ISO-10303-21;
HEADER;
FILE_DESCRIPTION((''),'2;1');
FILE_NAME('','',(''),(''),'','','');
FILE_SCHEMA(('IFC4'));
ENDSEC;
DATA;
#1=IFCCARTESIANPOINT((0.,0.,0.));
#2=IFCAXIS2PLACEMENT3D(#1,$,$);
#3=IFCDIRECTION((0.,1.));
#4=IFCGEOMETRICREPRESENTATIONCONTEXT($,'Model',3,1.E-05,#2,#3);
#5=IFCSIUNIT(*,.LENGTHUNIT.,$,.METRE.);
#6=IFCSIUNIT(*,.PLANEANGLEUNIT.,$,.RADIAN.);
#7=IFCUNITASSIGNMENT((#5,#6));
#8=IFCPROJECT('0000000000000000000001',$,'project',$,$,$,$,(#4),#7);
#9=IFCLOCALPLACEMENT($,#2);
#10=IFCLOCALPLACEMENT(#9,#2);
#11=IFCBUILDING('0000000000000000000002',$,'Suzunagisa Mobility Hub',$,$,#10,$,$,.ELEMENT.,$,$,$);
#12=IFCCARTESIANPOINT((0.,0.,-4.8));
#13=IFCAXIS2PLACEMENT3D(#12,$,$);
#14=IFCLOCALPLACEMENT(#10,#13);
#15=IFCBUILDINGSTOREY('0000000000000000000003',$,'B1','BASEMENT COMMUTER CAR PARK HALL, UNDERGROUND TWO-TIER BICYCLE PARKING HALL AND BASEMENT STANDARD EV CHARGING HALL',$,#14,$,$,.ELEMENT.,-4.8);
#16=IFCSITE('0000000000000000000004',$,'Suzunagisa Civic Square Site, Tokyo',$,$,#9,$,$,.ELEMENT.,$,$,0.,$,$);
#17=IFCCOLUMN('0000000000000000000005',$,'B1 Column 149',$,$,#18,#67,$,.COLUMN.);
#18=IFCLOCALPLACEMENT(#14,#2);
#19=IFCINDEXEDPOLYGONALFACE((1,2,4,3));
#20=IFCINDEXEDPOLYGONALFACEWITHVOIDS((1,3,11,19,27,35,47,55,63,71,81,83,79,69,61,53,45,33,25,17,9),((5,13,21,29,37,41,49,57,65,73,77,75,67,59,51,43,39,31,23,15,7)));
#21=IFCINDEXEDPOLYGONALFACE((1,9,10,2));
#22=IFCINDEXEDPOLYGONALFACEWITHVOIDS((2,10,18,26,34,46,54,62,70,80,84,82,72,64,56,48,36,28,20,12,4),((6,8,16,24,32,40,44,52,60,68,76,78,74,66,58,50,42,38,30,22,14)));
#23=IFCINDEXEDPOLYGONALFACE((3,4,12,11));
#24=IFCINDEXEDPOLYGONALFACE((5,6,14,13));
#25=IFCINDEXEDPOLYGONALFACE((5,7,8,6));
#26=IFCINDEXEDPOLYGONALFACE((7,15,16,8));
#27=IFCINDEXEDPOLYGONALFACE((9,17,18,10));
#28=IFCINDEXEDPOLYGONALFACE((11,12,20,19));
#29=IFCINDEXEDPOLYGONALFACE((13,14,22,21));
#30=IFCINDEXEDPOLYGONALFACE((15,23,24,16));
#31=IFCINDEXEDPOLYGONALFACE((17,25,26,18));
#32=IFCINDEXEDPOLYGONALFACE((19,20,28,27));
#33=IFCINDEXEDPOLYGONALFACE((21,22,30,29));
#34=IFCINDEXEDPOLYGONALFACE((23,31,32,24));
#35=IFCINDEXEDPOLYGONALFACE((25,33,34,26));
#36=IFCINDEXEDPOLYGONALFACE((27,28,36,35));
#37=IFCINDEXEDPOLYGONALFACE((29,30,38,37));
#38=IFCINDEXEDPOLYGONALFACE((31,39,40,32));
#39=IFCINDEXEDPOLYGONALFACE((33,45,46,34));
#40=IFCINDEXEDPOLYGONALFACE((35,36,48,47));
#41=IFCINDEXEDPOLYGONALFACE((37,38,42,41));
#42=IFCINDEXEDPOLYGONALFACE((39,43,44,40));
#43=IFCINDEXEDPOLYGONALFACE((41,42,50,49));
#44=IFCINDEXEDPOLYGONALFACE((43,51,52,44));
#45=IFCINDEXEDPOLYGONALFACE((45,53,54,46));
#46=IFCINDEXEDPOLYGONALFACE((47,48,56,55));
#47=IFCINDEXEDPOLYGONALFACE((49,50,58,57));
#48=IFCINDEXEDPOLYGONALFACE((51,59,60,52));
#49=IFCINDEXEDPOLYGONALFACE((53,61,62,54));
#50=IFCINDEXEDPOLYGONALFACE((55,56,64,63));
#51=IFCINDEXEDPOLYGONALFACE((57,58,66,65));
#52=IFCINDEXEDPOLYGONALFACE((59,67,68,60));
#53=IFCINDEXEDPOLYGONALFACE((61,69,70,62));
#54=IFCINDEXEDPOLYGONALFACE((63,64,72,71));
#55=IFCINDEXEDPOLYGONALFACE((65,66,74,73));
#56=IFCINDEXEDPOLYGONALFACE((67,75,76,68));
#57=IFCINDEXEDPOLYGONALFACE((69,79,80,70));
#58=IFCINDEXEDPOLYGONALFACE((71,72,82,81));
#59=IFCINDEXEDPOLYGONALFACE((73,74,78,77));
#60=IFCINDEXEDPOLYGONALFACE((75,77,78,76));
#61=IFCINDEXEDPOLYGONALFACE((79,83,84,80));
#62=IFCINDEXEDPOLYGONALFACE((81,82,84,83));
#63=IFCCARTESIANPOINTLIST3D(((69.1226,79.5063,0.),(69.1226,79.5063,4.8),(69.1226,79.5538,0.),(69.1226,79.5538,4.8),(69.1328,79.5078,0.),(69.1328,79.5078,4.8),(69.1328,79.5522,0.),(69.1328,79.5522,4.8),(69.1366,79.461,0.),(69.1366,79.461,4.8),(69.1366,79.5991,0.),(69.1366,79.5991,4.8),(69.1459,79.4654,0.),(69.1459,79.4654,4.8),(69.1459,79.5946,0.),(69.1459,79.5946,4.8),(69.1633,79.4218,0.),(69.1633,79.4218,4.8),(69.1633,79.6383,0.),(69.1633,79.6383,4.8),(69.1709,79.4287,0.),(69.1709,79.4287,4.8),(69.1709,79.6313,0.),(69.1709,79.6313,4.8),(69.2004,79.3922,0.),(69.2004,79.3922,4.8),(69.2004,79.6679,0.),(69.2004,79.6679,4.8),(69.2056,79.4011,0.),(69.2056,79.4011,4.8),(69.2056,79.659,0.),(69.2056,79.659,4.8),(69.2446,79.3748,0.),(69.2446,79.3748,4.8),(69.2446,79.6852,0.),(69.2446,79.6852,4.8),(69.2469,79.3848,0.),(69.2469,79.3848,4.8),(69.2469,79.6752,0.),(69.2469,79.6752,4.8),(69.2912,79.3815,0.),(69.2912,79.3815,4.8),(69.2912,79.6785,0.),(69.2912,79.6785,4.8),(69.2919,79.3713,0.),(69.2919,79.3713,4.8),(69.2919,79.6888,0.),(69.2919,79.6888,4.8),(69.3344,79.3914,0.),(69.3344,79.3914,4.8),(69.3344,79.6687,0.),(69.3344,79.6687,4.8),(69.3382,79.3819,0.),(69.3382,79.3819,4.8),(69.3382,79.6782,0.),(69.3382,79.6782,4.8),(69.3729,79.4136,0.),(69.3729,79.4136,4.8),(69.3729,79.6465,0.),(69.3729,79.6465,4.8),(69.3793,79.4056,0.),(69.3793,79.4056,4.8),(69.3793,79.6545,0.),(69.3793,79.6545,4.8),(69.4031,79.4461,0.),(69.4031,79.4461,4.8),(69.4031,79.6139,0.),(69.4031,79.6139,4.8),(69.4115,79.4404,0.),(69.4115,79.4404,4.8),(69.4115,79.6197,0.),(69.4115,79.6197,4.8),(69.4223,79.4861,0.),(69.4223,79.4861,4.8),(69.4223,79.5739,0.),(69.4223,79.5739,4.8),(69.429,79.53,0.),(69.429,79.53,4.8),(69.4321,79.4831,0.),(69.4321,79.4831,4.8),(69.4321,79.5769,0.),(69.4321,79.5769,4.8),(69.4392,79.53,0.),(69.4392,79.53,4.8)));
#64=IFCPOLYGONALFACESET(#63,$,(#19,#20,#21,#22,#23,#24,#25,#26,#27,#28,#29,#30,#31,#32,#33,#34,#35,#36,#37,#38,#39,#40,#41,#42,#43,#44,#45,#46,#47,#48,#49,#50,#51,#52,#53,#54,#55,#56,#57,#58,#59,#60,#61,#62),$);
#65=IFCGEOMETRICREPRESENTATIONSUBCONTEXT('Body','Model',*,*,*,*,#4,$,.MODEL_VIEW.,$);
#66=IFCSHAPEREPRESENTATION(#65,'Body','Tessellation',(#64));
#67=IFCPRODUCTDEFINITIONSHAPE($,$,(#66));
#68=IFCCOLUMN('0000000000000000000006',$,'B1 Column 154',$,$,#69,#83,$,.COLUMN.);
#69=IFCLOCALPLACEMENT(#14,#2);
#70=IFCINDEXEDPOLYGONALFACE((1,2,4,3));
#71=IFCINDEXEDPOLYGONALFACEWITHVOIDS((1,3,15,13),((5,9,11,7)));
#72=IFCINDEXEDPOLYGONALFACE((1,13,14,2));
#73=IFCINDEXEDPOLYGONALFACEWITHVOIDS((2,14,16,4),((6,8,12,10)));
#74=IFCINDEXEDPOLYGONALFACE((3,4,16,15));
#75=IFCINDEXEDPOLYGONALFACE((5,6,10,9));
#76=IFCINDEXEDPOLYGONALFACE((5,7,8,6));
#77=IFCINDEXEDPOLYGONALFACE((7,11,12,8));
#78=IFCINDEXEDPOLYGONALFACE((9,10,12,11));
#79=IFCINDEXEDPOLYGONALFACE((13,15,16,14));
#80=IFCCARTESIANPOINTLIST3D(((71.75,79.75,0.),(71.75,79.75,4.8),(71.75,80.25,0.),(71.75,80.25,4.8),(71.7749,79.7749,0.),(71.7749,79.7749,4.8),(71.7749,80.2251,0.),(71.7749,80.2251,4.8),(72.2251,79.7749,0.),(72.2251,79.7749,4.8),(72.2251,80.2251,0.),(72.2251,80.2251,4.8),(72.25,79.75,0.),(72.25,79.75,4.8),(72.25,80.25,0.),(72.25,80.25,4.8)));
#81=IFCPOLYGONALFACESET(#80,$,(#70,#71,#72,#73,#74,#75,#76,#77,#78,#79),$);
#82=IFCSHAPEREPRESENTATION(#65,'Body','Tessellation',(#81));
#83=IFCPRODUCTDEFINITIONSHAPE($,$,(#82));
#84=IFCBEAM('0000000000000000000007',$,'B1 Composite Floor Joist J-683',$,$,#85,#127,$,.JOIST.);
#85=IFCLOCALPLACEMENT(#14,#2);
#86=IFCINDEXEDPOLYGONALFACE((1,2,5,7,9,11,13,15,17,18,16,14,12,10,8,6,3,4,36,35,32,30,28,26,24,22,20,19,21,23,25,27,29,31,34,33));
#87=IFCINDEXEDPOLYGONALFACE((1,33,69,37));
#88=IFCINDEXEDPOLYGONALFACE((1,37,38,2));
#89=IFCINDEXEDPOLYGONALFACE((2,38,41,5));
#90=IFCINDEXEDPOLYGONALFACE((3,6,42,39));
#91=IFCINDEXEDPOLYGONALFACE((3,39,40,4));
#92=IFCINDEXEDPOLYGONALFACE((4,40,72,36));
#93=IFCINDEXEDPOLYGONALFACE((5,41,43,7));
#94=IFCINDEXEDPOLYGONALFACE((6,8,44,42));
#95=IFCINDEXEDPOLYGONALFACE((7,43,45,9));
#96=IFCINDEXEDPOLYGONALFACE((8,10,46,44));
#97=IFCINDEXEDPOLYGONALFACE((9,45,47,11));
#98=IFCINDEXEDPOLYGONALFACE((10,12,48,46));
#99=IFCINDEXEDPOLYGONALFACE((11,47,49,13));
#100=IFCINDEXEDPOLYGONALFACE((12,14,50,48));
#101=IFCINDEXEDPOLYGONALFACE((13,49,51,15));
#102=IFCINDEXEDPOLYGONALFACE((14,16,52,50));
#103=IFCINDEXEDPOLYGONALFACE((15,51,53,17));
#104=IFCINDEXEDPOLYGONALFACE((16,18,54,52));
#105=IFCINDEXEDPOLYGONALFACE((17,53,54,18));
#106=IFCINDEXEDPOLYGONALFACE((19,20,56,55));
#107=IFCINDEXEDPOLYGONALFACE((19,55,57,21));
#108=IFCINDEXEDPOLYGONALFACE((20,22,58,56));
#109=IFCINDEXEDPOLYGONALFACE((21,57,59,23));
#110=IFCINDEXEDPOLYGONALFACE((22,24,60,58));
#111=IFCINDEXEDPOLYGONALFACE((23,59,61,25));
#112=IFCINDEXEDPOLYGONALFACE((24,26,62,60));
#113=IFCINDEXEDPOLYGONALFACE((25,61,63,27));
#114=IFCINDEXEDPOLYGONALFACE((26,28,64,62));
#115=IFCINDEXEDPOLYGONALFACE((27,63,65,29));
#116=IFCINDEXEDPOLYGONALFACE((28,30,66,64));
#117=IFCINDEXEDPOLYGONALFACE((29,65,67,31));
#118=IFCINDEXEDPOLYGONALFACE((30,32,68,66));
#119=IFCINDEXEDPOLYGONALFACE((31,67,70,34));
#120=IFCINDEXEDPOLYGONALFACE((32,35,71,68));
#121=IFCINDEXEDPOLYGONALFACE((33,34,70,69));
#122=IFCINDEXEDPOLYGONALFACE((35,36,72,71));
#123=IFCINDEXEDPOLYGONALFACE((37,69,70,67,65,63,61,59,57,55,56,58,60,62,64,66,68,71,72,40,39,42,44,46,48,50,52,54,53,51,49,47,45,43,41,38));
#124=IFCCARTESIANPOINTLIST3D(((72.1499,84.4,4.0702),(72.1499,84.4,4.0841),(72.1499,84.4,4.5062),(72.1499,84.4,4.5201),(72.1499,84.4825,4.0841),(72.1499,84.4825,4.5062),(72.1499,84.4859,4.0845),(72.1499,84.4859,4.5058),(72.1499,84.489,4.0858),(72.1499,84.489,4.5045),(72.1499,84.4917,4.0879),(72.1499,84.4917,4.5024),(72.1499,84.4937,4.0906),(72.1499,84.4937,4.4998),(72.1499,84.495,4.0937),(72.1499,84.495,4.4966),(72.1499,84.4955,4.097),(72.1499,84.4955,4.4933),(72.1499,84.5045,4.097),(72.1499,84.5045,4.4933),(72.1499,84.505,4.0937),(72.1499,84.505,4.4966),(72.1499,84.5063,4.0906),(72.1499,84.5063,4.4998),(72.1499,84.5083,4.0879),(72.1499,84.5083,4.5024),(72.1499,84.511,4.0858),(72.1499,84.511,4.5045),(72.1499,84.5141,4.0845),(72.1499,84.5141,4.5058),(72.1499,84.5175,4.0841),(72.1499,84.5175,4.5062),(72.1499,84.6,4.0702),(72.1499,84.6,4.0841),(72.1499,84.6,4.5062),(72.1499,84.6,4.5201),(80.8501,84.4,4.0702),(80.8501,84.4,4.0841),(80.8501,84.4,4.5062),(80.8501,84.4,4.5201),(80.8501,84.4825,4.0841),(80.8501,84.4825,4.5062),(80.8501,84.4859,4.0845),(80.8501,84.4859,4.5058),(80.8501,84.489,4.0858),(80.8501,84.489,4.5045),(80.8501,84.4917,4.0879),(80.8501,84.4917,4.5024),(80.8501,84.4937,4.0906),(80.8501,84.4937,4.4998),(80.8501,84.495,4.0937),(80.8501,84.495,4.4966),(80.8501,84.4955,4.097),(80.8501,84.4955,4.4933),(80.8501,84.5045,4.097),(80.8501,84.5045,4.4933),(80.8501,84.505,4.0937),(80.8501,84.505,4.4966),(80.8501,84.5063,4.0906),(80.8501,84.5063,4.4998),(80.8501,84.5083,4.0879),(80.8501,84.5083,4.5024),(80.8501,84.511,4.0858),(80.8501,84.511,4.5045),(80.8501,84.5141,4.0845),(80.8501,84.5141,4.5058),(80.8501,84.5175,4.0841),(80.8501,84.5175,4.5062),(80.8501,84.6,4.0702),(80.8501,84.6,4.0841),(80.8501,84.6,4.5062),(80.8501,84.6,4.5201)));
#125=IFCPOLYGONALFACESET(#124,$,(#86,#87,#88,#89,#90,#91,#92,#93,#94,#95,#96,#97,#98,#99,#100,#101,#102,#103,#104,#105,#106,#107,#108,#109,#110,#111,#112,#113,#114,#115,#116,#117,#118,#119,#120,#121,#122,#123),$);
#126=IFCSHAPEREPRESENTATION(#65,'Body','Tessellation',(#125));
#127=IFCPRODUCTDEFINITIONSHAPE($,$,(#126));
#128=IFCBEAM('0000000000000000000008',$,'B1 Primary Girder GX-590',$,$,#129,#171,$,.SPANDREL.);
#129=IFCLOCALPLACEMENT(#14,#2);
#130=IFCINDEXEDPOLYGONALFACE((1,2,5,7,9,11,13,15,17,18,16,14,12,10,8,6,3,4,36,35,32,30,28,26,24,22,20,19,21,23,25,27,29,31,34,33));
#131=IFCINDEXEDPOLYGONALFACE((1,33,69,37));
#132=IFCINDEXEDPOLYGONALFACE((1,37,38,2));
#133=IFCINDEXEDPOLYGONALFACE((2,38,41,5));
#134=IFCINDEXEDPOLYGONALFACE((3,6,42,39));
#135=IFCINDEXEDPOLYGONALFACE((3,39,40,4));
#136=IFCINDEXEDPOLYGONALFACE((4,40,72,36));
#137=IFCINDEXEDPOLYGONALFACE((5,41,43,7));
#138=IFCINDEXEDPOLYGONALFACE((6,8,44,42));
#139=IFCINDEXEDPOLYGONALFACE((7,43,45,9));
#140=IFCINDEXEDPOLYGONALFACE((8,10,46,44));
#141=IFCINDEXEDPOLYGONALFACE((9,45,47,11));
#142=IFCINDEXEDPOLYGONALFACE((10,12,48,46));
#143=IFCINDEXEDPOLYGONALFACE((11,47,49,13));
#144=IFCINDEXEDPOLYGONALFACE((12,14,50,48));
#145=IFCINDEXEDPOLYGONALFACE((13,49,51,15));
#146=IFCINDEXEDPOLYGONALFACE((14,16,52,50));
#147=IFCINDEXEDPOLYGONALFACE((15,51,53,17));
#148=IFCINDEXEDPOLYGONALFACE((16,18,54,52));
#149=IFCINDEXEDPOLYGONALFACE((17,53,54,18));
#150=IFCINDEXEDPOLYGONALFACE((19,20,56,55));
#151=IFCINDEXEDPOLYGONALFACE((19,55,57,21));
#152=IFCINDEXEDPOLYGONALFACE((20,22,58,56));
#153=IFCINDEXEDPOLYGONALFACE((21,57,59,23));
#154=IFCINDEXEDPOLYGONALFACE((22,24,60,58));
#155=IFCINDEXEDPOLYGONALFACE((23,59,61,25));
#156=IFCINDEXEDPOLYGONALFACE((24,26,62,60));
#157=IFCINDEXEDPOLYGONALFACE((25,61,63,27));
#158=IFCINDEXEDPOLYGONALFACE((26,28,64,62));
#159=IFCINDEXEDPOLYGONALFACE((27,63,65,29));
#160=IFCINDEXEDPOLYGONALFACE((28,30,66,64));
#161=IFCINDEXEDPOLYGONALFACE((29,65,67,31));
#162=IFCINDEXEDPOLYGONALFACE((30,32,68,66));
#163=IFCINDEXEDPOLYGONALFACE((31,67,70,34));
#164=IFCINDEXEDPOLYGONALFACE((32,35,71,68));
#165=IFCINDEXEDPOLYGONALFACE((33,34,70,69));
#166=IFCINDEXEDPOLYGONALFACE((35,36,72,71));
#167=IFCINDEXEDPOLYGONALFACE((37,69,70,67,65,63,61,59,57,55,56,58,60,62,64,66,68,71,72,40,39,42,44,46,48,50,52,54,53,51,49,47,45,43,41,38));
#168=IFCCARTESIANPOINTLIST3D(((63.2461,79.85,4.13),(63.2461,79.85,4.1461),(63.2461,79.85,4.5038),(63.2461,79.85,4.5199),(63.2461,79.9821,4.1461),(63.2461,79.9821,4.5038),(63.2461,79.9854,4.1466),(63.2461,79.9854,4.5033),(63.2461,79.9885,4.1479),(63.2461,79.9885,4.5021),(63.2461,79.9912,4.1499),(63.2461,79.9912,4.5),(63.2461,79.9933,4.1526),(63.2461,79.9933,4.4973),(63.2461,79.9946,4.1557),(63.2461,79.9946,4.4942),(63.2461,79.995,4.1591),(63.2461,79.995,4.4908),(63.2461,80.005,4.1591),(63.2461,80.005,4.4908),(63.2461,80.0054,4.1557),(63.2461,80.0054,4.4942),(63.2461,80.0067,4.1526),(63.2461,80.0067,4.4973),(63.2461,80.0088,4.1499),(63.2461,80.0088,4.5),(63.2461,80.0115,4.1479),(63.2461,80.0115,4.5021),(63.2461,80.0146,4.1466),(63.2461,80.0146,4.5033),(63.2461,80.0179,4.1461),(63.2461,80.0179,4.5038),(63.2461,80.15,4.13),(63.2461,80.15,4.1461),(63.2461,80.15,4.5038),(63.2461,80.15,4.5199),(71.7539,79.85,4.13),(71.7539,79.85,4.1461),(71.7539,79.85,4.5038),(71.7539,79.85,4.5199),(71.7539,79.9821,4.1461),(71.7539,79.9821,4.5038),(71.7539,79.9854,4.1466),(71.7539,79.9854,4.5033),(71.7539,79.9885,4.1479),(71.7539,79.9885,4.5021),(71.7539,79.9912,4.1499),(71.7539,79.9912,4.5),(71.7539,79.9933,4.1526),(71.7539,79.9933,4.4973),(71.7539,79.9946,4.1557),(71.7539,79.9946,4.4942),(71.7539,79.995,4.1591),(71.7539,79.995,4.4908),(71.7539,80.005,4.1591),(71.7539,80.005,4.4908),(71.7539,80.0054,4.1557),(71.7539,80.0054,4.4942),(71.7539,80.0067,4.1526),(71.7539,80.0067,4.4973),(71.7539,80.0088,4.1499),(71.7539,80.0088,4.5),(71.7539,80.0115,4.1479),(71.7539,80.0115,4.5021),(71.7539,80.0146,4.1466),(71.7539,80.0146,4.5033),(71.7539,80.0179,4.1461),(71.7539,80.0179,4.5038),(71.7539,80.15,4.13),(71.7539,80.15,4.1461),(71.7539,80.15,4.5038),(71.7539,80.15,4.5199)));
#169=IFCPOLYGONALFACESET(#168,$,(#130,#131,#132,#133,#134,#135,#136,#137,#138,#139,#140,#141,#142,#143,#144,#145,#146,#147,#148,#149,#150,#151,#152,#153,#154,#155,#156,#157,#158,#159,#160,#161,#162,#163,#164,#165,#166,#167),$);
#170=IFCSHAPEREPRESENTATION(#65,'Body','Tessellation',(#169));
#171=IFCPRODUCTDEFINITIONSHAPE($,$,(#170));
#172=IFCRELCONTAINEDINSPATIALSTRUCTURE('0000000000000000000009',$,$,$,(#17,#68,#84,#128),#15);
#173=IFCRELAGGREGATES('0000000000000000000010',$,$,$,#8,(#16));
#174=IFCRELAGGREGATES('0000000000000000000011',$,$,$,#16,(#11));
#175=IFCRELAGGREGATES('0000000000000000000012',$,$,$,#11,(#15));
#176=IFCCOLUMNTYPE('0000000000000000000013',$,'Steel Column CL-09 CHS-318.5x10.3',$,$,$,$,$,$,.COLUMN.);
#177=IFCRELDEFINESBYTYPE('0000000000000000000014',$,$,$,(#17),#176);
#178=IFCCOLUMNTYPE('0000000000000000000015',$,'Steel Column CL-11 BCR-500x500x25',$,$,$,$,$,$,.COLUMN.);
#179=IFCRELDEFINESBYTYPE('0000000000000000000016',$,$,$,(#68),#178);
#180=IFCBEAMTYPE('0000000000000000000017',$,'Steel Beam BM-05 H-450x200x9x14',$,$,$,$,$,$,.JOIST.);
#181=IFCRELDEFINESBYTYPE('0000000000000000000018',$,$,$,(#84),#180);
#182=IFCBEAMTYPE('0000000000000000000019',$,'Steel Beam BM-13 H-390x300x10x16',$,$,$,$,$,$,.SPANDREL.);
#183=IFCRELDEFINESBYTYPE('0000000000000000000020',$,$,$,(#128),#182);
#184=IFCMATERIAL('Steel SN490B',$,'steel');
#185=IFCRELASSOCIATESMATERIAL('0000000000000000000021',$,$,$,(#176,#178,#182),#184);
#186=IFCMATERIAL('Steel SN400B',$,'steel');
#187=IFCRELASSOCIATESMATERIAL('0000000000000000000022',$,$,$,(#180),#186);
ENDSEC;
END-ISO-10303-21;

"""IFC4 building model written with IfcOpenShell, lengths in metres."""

from ifc_helpers import new_model, si_unit, direction, frame, origin, origin_2d, place, context, subcontext, project, spatial, hollow_rectangle, hollow_circle, i_section, extrude, material, material_profile, profile_set, type_object, element, save


model = new_model("IFC4")

# Units and contexts
model_context = context("Model", 3, precision=1e-05, world=origin(), true_north=direction((0.0, 1.0)))
body_context = subcontext(model_context, "Body", "Model", "MODEL_VIEW")
ifc_project = project(units=[si_unit("LENGTHUNIT", "METRE"), si_unit("PLANEANGLEUNIT", "RADIAN")], contexts=[model_context])

# Site, building, storey
site_placement = place(None, origin())
site = spatial("IfcSite", under=ifc_project, at=site_placement, Name="Suzunagisa Civic Square Site, Tokyo", CompositionType="ELEMENT", RefElevation=0.0)
building_placement = place(site_placement, origin())
building = spatial("IfcBuilding", under=site, at=building_placement, Name="Suzunagisa Mobility Hub", CompositionType="ELEMENT")
storey_placement = place(building_placement, frame((0.0, 0.0, -4.8)))
storey = spatial("IfcBuildingStorey", under=building, at=storey_placement, Name="B1", Description="BASEMENT COMMUTER CAR PARK HALL, UNDERGROUND TWO-TIER BICYCLE PARKING HALL AND BASEMENT STANDARD EV CHARGING HALL", CompositionType="ELEMENT", Elevation=-4.8)

# Columns
ifc_material_1 = material(Name="Steel SN490B", Category="steel")
ifc_material_profile_1 = material_profile(ifc_material_1, hollow_circle(Radius=0.1592, WallThickness=0.0103, at=origin_2d()), Name="CHS-318.5x10.3")
ifc_profile_set_1 = profile_set([ifc_material_profile_1], Name="Steel SN490B")
column_type_1 = type_object("IfcColumnType", Name="Steel Column CL-09 CHS-318.5x10.3", PredefinedType="COLUMN", material=ifc_profile_set_1)
for number, where, z_axis, x_axis, name in (
    (1, (69.28, 79.53, 0.0), (0.0, 0.0, 1.0), (1.0, 0.0, 0.0), "B1 Column 149"),
):
    element("IfcColumn", number, at=place(storey_placement, frame(where, z_axis=z_axis, x_axis=x_axis)), inside=storey, type_object=column_type_1, Name=name, PredefinedType="COLUMN", context=body_context, shape_type="SweptSolid", body=[
        extrude(hollow_circle(Radius=0.1592, WallThickness=0.0103, at=origin_2d()), origin(), (0.0, 0.0, 1.0), 4.8),
    ])
ifc_material_profile_2 = material_profile(ifc_material_1, hollow_rectangle(XDim=0.5, YDim=0.5, WallThickness=0.0249, at=origin_2d()), Name="BCR-500x500x25")
ifc_profile_set_2 = profile_set([ifc_material_profile_2], Name="Steel SN490B")
column_type_2 = type_object("IfcColumnType", Name="Steel Column CL-11 BCR-500x500x25", PredefinedType="COLUMN", material=ifc_profile_set_2)
column_1_placement = place(storey_placement, frame((72.0, 80.0, 0.0), z_axis=(0.0, 0.0, 1.0), x_axis=(1.0, 0.0, 0.0)))
element("IfcColumn", 2, at=column_1_placement, inside=storey, type_object=column_type_2, Name="B1 Column 154", PredefinedType="COLUMN", context=body_context, shape_type="SweptSolid", body=[
    extrude(hollow_rectangle(XDim=0.5, YDim=0.5, WallThickness=0.0249, at=origin_2d()), origin(), (0.0, 0.0, 1.0), 4.8),
])

# Beams
ifc_material_2 = material(Name="Steel SN400B", Category="steel")
ifc_material_profile_3 = material_profile(ifc_material_2, i_section(OverallWidth=0.2, OverallDepth=0.45, WebThickness=0.009, FlangeThickness=0.0139, FilletRadius=0.0129, at=origin_2d()), Name="H-450x200x9x14")
ifc_profile_set_3 = profile_set([ifc_material_profile_3], Name="Steel SN400B")
beam_type_1 = type_object("IfcBeamType", Name="Steel Beam BM-05 H-450x200x9x14", PredefinedType="JOIST", material=ifc_profile_set_3)
beam_1_placement = place(storey_placement, frame((72.1499, 84.5, 4.2952), z_axis=(1.0, 0.0, 0.0), x_axis=(0.0, 1.0, 0.0)))
element("IfcBeam", 3, at=beam_1_placement, inside=storey, type_object=beam_type_1, Name="B1 Composite Floor Joist J-683", PredefinedType="JOIST", context=body_context, shape_type="SweptSolid", body=[
    extrude(i_section(OverallWidth=0.2, OverallDepth=0.45, WebThickness=0.009, FlangeThickness=0.0139, FilletRadius=0.0129, at=origin_2d()), origin(), (0.0, 0.0, 1.0), 8.7002),
])
ifc_material_profile_4 = material_profile(ifc_material_1, i_section(OverallWidth=0.3, OverallDepth=0.3899, WebThickness=0.01, FlangeThickness=0.0161, FilletRadius=0.0129, at=origin_2d()), Name="H-390x300x10x16")
ifc_profile_set_4 = profile_set([ifc_material_profile_4], Name="Steel SN490B")
beam_type_2 = type_object("IfcBeamType", Name="Steel Beam BM-13 H-390x300x10x16", PredefinedType="SPANDREL", material=ifc_profile_set_4)
beam_2_placement = place(storey_placement, frame((63.2461, 80.0, 4.325), z_axis=(1.0, 0.0, 0.0), x_axis=(0.0, 1.0, 0.0)))
element("IfcBeam", 4, at=beam_2_placement, inside=storey, type_object=beam_type_2, Name="B1 Primary Girder GX-590", PredefinedType="SPANDREL", context=body_context, shape_type="SweptSolid", body=[
    extrude(i_section(OverallWidth=0.3, OverallDepth=0.3899, WebThickness=0.01, FlangeThickness=0.0161, FilletRadius=0.0129, at=origin_2d()), origin(), (0.0, 0.0, 1.0), 8.5078),
])

save(model, "model.ifc")
